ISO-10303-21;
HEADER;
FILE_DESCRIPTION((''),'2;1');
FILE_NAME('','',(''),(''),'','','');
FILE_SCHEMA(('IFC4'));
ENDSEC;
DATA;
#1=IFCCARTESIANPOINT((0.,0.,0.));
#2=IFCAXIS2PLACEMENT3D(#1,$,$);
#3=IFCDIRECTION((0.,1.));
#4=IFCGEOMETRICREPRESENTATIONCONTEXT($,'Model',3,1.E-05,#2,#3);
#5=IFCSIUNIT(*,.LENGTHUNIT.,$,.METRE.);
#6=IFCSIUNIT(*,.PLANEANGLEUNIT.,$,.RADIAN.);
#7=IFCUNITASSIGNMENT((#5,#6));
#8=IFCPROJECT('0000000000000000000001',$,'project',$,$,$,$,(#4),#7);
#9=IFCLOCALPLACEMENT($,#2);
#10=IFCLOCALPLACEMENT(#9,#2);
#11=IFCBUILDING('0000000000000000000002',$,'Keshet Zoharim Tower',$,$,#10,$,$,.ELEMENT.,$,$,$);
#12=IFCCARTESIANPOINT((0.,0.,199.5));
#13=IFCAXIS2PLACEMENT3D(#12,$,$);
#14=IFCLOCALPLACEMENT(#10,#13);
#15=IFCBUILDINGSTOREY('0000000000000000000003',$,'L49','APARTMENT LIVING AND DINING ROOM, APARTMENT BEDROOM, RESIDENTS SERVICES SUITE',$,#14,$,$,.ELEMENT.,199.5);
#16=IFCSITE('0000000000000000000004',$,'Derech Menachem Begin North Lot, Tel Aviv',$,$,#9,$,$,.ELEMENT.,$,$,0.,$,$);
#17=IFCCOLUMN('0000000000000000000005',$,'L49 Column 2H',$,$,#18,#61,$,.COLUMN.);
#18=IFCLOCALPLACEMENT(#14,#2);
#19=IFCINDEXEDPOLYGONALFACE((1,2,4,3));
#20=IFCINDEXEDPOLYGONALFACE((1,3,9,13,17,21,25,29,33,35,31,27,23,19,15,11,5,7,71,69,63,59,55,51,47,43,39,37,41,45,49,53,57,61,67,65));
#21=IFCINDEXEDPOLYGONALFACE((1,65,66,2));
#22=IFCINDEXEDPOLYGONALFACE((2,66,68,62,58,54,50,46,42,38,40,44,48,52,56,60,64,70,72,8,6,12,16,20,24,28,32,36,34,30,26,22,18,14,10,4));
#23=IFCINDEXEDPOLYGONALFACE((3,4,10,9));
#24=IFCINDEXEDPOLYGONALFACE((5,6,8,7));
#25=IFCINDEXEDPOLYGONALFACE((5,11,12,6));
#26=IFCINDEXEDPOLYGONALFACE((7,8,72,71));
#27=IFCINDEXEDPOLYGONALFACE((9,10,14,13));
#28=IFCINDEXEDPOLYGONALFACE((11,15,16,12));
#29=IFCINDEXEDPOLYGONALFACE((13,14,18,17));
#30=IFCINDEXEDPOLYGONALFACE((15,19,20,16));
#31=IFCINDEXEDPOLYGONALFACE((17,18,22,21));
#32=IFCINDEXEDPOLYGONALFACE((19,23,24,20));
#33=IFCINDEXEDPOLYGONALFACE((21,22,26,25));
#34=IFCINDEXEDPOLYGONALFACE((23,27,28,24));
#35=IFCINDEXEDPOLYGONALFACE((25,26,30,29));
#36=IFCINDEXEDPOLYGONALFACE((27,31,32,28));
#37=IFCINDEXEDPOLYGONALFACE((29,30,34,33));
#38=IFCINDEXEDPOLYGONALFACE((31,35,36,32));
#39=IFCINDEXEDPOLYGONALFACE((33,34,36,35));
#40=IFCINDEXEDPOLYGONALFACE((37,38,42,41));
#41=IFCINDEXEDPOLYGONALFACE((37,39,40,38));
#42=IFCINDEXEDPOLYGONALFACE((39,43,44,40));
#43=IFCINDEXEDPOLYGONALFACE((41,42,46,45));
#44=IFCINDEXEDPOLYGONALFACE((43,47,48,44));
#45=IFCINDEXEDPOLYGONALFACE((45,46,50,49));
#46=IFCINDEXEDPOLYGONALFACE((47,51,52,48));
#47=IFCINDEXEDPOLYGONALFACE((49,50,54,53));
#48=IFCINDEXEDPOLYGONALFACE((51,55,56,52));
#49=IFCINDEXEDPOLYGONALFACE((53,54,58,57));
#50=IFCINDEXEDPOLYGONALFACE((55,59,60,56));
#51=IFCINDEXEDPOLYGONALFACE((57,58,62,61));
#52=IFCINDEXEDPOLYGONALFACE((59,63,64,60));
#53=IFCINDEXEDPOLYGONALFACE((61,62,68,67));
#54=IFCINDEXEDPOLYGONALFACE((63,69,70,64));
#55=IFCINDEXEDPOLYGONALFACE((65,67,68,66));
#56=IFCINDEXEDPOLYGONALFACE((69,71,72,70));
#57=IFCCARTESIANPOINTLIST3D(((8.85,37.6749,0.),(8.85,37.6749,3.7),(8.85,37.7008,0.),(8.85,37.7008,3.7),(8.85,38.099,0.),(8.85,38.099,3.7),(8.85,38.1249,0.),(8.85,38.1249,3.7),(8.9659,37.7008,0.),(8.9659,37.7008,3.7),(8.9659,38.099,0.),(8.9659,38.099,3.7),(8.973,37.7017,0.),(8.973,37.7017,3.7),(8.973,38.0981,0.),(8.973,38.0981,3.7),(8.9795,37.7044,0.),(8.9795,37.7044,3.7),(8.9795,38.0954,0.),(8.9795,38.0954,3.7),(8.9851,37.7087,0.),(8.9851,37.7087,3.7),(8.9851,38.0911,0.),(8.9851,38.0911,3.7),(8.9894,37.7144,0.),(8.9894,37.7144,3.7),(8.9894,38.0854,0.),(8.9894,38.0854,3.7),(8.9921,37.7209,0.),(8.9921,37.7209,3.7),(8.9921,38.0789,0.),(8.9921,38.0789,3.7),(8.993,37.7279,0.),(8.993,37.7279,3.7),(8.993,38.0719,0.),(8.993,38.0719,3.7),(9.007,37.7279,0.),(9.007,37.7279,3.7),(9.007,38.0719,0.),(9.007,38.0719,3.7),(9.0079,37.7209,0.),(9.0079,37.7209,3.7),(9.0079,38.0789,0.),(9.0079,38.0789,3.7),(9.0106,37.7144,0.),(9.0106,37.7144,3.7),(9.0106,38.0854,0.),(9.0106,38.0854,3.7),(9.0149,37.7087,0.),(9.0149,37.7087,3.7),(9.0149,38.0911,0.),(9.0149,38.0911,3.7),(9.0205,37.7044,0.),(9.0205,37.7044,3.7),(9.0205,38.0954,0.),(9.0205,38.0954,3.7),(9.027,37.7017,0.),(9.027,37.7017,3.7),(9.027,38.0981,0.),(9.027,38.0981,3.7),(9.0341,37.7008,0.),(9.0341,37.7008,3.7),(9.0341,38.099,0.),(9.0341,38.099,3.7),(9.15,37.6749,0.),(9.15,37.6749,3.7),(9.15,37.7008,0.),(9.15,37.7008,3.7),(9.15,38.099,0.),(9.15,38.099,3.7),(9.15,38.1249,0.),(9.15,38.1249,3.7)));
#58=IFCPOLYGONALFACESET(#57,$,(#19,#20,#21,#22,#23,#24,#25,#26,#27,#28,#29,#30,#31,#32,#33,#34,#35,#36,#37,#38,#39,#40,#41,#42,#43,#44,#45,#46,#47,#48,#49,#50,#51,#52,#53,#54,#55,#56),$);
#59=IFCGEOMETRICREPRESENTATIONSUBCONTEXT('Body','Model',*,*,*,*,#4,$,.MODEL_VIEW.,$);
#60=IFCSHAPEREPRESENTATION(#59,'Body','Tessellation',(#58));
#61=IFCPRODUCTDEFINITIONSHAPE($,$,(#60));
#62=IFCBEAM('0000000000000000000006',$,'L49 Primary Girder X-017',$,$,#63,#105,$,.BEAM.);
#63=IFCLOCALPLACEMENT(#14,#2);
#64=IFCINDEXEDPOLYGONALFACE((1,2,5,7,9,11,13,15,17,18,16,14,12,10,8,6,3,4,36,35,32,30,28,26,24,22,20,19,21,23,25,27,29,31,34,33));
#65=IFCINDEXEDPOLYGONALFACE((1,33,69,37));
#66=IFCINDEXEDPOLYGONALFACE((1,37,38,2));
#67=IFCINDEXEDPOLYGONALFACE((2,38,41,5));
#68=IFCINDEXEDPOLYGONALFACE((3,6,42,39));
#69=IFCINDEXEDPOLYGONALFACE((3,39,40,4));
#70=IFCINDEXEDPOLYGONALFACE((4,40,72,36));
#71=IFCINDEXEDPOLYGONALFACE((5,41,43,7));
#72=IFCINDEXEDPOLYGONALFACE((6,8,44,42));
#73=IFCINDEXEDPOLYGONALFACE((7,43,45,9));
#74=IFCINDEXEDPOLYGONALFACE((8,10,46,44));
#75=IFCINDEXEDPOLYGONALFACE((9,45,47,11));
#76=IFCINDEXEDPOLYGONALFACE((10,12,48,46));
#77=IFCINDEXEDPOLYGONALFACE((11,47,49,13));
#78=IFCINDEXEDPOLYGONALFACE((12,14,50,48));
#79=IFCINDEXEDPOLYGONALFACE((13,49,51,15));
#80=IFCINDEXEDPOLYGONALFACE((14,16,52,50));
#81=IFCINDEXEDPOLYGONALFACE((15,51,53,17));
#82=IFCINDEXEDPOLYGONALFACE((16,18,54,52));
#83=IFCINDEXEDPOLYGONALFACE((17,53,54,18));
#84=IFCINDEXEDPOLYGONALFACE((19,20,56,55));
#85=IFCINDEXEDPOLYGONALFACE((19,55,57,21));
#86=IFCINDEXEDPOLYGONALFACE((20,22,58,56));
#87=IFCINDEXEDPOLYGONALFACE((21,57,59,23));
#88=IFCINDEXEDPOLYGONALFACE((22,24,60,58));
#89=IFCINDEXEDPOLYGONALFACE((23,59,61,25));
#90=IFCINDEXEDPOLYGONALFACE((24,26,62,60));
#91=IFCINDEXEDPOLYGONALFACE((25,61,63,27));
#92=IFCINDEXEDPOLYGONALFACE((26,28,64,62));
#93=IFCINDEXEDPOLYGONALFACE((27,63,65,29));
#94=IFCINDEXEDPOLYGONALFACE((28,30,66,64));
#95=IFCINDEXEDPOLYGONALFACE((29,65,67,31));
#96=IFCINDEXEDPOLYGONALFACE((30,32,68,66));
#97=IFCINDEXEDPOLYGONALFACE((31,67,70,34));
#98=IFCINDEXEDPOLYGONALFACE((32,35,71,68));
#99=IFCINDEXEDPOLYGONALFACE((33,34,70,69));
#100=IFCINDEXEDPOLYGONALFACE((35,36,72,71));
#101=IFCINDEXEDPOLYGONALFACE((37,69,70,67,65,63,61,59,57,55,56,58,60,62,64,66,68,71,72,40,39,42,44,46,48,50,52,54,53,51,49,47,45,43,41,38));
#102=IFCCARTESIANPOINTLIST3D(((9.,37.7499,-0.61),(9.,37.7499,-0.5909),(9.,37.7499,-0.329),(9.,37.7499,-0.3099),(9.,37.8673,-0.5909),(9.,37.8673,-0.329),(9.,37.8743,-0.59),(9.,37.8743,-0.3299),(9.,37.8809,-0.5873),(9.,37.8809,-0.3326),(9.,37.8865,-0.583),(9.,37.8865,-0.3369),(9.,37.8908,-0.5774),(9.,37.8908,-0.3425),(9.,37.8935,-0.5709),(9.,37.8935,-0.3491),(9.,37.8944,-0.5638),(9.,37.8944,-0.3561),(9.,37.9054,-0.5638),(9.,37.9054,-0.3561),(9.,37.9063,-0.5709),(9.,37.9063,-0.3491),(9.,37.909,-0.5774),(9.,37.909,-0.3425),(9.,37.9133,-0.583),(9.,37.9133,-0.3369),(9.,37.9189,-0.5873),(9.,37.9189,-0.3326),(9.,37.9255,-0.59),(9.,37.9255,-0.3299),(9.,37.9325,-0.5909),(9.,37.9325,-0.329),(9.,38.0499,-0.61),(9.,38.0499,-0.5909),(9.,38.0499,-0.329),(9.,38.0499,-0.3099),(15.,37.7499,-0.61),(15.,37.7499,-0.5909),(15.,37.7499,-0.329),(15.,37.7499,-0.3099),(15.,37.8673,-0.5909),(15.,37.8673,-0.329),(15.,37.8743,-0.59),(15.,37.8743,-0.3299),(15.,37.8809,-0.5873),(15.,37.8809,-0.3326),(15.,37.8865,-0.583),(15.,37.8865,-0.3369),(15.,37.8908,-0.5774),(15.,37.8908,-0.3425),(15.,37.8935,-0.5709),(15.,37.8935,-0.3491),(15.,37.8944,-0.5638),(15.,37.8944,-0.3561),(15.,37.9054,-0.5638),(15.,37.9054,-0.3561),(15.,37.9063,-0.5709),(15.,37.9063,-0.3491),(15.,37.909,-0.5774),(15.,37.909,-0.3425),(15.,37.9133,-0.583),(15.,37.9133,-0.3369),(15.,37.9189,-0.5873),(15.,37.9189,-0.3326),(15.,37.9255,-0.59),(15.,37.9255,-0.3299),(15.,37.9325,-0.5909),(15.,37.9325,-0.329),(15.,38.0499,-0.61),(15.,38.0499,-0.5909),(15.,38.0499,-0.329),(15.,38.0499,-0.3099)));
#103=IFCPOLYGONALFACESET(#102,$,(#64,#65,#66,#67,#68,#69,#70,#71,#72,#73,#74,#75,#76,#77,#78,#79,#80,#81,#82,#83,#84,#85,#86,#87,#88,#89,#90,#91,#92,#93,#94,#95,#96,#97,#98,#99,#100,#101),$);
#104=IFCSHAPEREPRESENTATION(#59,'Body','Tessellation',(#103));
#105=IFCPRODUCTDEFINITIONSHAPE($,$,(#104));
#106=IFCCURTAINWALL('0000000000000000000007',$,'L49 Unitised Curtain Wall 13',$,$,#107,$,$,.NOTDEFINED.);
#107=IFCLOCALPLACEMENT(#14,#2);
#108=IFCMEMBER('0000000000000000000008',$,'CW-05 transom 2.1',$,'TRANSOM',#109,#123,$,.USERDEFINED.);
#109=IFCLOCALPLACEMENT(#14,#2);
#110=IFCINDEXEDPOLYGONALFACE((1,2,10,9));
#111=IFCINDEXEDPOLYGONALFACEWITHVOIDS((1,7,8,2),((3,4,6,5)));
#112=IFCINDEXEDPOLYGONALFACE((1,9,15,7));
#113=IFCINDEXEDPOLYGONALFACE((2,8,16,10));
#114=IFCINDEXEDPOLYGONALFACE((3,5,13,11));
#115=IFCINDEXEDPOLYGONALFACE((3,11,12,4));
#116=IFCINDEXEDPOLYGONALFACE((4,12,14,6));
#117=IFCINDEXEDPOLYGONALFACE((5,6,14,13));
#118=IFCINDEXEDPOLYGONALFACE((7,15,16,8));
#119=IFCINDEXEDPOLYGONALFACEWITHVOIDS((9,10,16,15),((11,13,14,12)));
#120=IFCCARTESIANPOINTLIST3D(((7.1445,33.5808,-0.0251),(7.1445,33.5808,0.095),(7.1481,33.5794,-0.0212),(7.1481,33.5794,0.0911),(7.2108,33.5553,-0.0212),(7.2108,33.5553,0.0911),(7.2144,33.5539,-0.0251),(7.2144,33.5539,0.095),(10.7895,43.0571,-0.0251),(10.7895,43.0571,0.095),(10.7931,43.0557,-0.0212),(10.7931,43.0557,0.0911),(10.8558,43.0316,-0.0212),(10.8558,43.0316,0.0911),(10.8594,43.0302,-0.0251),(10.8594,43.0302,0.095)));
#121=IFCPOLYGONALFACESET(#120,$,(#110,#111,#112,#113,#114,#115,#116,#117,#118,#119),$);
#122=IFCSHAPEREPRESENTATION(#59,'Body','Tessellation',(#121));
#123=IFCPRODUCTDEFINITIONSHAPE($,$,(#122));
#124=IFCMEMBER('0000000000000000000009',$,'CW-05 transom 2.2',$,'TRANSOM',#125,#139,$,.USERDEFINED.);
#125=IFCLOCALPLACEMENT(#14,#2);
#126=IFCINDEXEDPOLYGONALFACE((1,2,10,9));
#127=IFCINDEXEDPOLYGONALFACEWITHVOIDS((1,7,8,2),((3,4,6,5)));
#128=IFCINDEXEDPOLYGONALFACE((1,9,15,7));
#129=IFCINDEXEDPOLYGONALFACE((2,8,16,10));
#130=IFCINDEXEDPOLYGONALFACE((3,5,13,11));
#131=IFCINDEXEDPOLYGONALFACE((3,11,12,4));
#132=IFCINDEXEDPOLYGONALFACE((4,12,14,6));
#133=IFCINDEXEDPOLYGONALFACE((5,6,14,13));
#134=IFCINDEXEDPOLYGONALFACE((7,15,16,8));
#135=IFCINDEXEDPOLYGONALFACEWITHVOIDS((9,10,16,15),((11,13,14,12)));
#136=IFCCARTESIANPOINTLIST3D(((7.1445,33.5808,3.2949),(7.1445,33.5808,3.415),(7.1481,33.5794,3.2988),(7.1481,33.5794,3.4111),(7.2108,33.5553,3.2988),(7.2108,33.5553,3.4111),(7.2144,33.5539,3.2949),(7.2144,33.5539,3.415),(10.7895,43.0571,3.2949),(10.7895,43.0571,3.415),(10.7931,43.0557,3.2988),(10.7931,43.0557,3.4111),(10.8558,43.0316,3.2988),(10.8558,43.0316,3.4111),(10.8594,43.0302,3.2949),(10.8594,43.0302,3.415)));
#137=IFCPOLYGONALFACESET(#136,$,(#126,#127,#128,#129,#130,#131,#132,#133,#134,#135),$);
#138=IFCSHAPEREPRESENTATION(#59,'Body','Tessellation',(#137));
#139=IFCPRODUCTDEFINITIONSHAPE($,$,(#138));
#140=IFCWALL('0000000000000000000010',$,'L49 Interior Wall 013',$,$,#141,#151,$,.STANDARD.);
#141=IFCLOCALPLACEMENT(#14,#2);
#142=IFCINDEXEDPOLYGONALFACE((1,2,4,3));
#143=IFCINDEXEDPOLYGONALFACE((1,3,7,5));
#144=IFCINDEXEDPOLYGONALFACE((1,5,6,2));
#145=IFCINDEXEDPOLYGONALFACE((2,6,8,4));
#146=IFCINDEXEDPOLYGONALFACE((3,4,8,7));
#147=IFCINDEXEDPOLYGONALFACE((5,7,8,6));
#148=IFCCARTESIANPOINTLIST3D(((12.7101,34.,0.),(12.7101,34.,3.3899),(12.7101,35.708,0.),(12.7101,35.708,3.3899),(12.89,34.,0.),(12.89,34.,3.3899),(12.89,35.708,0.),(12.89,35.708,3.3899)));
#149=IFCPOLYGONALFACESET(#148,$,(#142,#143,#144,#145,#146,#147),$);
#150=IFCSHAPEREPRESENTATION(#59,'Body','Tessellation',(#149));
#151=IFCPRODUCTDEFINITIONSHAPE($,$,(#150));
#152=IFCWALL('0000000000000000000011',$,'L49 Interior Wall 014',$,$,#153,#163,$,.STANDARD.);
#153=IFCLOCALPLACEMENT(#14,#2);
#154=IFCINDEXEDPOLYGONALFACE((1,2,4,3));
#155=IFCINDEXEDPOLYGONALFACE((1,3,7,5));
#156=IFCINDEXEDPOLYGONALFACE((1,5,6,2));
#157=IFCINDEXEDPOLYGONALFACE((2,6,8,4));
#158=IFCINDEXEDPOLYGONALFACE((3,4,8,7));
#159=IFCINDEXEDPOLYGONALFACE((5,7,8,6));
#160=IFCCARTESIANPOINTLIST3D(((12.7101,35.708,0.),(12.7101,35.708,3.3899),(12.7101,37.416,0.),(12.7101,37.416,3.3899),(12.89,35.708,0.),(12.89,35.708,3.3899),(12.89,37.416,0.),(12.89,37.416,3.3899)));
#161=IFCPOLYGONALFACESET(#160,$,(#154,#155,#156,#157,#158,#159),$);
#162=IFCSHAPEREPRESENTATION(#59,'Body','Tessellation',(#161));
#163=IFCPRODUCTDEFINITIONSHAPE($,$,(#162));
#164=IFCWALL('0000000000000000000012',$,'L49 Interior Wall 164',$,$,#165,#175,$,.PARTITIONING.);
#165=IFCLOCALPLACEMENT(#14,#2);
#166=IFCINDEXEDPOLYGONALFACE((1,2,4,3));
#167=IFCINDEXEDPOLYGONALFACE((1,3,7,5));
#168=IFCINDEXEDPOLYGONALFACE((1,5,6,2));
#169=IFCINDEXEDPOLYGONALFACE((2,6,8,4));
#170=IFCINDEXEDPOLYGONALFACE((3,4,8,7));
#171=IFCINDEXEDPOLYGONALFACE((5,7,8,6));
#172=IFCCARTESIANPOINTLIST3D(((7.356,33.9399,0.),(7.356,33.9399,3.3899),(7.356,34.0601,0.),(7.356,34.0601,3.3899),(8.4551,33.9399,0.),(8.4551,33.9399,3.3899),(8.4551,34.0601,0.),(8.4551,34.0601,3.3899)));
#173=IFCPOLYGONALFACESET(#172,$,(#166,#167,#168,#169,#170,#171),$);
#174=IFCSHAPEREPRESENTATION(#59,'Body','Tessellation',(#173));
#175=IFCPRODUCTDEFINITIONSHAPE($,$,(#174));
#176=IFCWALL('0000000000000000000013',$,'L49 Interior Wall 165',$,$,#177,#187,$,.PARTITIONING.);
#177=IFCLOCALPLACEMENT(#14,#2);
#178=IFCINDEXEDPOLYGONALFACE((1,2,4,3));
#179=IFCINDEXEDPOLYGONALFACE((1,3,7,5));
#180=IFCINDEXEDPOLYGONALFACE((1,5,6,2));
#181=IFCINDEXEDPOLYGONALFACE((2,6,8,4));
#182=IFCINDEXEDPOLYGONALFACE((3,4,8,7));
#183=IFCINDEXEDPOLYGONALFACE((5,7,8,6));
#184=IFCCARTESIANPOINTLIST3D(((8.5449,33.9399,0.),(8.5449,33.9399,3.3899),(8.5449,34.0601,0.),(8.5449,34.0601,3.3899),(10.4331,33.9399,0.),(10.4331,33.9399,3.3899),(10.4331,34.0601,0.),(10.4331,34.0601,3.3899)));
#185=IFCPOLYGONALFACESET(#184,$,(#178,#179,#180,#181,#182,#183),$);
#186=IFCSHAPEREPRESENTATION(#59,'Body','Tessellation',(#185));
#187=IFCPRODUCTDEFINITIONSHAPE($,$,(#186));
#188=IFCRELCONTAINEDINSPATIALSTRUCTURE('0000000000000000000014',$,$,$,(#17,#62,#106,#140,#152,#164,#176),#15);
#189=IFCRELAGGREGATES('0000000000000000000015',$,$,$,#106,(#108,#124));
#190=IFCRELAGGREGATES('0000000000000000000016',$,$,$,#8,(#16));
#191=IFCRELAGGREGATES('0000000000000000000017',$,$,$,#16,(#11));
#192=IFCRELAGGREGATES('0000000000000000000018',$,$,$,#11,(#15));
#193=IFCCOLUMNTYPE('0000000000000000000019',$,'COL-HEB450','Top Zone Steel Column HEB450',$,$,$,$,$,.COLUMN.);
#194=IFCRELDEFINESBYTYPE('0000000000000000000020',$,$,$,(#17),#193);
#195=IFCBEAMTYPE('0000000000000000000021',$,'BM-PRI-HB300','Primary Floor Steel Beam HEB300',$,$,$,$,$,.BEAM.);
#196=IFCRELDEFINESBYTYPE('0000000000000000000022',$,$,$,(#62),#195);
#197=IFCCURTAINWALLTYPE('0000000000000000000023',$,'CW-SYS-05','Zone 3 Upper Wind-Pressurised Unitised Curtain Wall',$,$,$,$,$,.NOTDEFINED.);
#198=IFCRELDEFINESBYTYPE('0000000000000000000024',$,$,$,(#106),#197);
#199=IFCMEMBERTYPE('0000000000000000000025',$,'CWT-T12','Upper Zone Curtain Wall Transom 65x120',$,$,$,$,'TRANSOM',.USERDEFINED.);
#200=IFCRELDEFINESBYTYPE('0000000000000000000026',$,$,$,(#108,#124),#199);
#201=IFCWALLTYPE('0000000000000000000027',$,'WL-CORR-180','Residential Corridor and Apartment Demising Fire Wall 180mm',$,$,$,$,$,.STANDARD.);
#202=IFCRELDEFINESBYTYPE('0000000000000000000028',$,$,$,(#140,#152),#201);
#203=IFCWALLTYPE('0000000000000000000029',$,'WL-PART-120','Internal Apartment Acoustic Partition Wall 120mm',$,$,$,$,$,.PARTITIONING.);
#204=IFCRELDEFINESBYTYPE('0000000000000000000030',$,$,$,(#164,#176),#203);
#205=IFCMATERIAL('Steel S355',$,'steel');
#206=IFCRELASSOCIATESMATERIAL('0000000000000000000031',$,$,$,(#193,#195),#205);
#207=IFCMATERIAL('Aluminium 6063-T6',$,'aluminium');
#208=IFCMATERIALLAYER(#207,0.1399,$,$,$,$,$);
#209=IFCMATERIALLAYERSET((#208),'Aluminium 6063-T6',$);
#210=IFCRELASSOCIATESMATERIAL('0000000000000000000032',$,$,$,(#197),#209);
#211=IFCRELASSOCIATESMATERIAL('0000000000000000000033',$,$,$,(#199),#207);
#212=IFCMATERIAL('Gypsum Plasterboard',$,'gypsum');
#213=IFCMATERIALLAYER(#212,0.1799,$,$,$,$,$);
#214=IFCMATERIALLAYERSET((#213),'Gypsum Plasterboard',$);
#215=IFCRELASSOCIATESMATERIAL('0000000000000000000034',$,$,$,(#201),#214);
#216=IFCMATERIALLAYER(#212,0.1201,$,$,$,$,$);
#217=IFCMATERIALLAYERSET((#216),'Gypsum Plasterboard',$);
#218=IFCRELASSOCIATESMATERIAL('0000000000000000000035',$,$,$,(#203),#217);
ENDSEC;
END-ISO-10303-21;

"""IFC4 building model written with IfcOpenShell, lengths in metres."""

from ifc_helpers import new_model, si_unit, direction, frame, frame_2d, origin, origin_2d, place, context, subcontext, project, spatial, rectangle, hollow_rectangle, i_section, extrude, material, layer, layer_set, material_profile, profile_set, type_object, element, aggregate, save


model = new_model("IFC4")

# Units and contexts
model_context = context("Model", 3, precision=1e-05, world=origin(), true_north=direction((0.0, 1.0)))
body_context = subcontext(model_context, "Body", "Model", "MODEL_VIEW")
ifc_project = project(units=[si_unit("LENGTHUNIT", "METRE"), si_unit("PLANEANGLEUNIT", "RADIAN")], contexts=[model_context])

# Site, building, storey
site_placement = place(None, origin())
site = spatial("IfcSite", under=ifc_project, at=site_placement, Name="Derech Menachem Begin North Lot, Tel Aviv", CompositionType="ELEMENT", RefElevation=0.0)
building_placement = place(site_placement, origin())
building = spatial("IfcBuilding", under=site, at=building_placement, Name="Keshet Zoharim Tower", CompositionType="ELEMENT")
storey_placement = place(building_placement, frame((0.0, 0.0, 199.5)))
storey = spatial("IfcBuildingStorey", under=building, at=storey_placement, Name="L49", Description="APARTMENT LIVING AND DINING ROOM, APARTMENT BEDROOM, RESIDENTS SERVICES SUITE", CompositionType="ELEMENT", Elevation=199.5)

# Column
ifc_material_1 = material(Name="Steel S355", Category="steel")
ifc_material_profile_1 = material_profile(ifc_material_1, i_section(OverallWidth=0.3, OverallDepth=0.45, WebThickness=0.0139, FlangeThickness=0.0259, FilletRadius=0.0271, at=origin_2d()), Name="HEB450")
ifc_profile_set_1 = profile_set([ifc_material_profile_1], Name="Steel S355")
column_type = type_object("IfcColumnType", Name="COL-HEB450", Description="Top Zone Steel Column HEB450", PredefinedType="COLUMN", material=ifc_profile_set_1)
column_placement = place(storey_placement, frame((9.0, 37.8999, 0.0), z_axis=(0.0, 0.0, 1.0), x_axis=(1.0, 0.0, 0.0)))
element("IfcColumn", 1, at=column_placement, inside=storey, type_object=column_type, Name="L49 Column 2H", PredefinedType="COLUMN", context=body_context, shape_type="SweptSolid", body=[
    extrude(i_section(OverallWidth=0.3, OverallDepth=0.45, WebThickness=0.0139, FlangeThickness=0.0259, FilletRadius=0.0271, at=origin_2d()), origin(), (0.0, 0.0, 1.0), 3.7),
])

# Beam
ifc_material_profile_2 = material_profile(ifc_material_1, i_section(OverallWidth=0.3, OverallDepth=0.3, WebThickness=0.011, FlangeThickness=0.019, FilletRadius=0.0271, at=origin_2d()), Name="HEB300")
ifc_profile_set_2 = profile_set([ifc_material_profile_2], Name="Steel S355")
beam_type = type_object("IfcBeamType", Name="BM-PRI-HB300", Description="Primary Floor Steel Beam HEB300", PredefinedType="BEAM", material=ifc_profile_set_2)
beam_placement = place(storey_placement, frame((9.0, 37.8999, -0.46), z_axis=(1.0, 0.0, 0.0), x_axis=(0.0, 1.0, 0.0)))
element("IfcBeam", 2, at=beam_placement, inside=storey, type_object=beam_type, Name="L49 Primary Girder X-017", PredefinedType="BEAM", context=body_context, shape_type="SweptSolid", body=[
    extrude(i_section(OverallWidth=0.3, OverallDepth=0.3, WebThickness=0.011, FlangeThickness=0.019, FilletRadius=0.0271, at=origin_2d()), origin(), (0.0, 0.0, 1.0), 6.0),
])

# Curtain wall, members
ifc_material_2 = material(Name="Aluminium 6063-T6", Category="aluminium")
ifc_layer_1 = layer(ifc_material_2, 0.1399)
ifc_layer_set_1 = layer_set([ifc_layer_1], Name="Aluminium 6063-T6")
curtain_wall_type = type_object("IfcCurtainWallType", Name="CW-SYS-05", Description="Zone 3 Upper Wind-Pressurised Unitised Curtain Wall", PredefinedType="NOTDEFINED", material=ifc_layer_set_1)
curtain_wall_placement = place(storey_placement, origin())
curtain_wall = element("IfcCurtainWall", 3, at=curtain_wall_placement, inside=storey, type_object=curtain_wall_type, Name="L49 Unitised Curtain Wall 13", PredefinedType="NOTDEFINED")
ifc_material_profile_3 = material_profile(ifc_material_2, hollow_rectangle(XDim=0.075, YDim=0.1201, WallThickness=0.0039, at=origin_2d()), Name="TRN-75x120")
ifc_profile_set_3 = profile_set([ifc_material_profile_3], Name="Aluminium 6063-T6")
member_type = type_object("IfcMemberType", Name="CWT-T12", Description="Upper Zone Curtain Wall Transom 65x120", ElementType="TRANSOM", PredefinedType="USERDEFINED", material=ifc_profile_set_3)
member_1_placement = place(storey_placement, frame((7.1794, 33.5674, 0.0349), z_axis=(0.359003, 0.933336, 0.0), x_axis=(-0.933336, 0.359003, 0.0)))
member_1 = element("IfcMember", 4, at=member_1_placement, type_object=member_type, Name="CW-05 transom 2.1", ObjectType="TRANSOM", PredefinedType="USERDEFINED", context=body_context, shape_type="SweptSolid", body=[
    extrude(hollow_rectangle(XDim=0.075, YDim=0.1201, WallThickness=0.0039, at=origin_2d()), origin(), (0.0, 0.0, 1.0), 10.1531),
])
member_2_placement = place(storey_placement, frame((7.1794, 33.5674, 3.355), z_axis=(0.359003, 0.933336, 0.0), x_axis=(-0.933336, 0.359003, 0.0)))
member_2 = element("IfcMember", 5, at=member_2_placement, type_object=member_type, Name="CW-05 transom 2.2", ObjectType="TRANSOM", PredefinedType="USERDEFINED", context=body_context, shape_type="SweptSolid", body=[
    extrude(hollow_rectangle(XDim=0.075, YDim=0.1201, WallThickness=0.0039, at=origin_2d()), origin(), (0.0, 0.0, 1.0), 10.1531),
])
aggregate(curtain_wall, [member_1, member_2])

# Walls
ifc_material_3 = material(Name="Gypsum Plasterboard", Category="gypsum")
ifc_layer_2 = layer(ifc_material_3, 0.1799)
ifc_layer_set_2 = layer_set([ifc_layer_2], Name="Gypsum Plasterboard")
wall_type_1 = type_object("IfcWallType", Name="WL-CORR-180", Description="Residential Corridor and Apartment Demising Fire Wall 180mm", PredefinedType="STANDARD", material=ifc_layer_set_2)
for number, where, z_axis, x_axis, name in (
    (6, (12.8, 34.0, 0.0), (0.0, 0.0, 1.0), (0.0, 1.0, 0.0), "L49 Interior Wall 013"),
    (7, (12.8, 35.708, 0.0), (0.0, 0.0, 1.0), (0.0, 1.0, 0.0), "L49 Interior Wall 014"),
):
    element("IfcWall", number, at=place(storey_placement, frame(where, z_axis=z_axis, x_axis=x_axis)), inside=storey, type_object=wall_type_1, Name=name, PredefinedType="STANDARD", context=body_context, shape_type="SweptSolid", body=[
        extrude(rectangle(XDim=1.708, YDim=0.1799, at=frame_2d((0.854, 0.0))), origin(), (0.0, 0.0, 1.0), 3.3899),
    ])

# Shared definitions
ifc_layer_3 = layer(ifc_material_3, 0.1201)
ifc_layer_set_3 = layer_set([ifc_layer_3], Name="Gypsum Plasterboard")
wall_type_2 = type_object("IfcWallType", Name="WL-PART-120", Description="Internal Apartment Acoustic Partition Wall 120mm", PredefinedType="PARTITIONING", material=ifc_layer_set_3)

# Walls
wall_1_placement = place(storey_placement, frame((7.356, 34.0, 0.0), z_axis=(0.0, 0.0, 1.0), x_axis=(1.0, 0.0, 0.0)))
element("IfcWall", 8, at=wall_1_placement, inside=storey, type_object=wall_type_2, Name="L49 Interior Wall 164", PredefinedType="PARTITIONING", context=body_context, shape_type="SweptSolid", body=[
    extrude(rectangle(XDim=1.0991, YDim=0.1201, at=frame_2d((0.5496, 0.0))), origin(), (0.0, 0.0, 1.0), 3.3899),
])
wall_2_placement = place(storey_placement, frame((8.5449, 34.0, 0.0), z_axis=(0.0, 0.0, 1.0), x_axis=(1.0, 0.0, 0.0)))
element("IfcWall", 9, at=wall_2_placement, inside=storey, type_object=wall_type_2, Name="L49 Interior Wall 165", PredefinedType="PARTITIONING", context=body_context, shape_type="SweptSolid", body=[
    extrude(rectangle(XDim=1.8882, YDim=0.1201, at=frame_2d((0.9441, 0.0))), origin(), (0.0, 0.0, 1.0), 3.3899),
])

save(model, "model.ifc")
